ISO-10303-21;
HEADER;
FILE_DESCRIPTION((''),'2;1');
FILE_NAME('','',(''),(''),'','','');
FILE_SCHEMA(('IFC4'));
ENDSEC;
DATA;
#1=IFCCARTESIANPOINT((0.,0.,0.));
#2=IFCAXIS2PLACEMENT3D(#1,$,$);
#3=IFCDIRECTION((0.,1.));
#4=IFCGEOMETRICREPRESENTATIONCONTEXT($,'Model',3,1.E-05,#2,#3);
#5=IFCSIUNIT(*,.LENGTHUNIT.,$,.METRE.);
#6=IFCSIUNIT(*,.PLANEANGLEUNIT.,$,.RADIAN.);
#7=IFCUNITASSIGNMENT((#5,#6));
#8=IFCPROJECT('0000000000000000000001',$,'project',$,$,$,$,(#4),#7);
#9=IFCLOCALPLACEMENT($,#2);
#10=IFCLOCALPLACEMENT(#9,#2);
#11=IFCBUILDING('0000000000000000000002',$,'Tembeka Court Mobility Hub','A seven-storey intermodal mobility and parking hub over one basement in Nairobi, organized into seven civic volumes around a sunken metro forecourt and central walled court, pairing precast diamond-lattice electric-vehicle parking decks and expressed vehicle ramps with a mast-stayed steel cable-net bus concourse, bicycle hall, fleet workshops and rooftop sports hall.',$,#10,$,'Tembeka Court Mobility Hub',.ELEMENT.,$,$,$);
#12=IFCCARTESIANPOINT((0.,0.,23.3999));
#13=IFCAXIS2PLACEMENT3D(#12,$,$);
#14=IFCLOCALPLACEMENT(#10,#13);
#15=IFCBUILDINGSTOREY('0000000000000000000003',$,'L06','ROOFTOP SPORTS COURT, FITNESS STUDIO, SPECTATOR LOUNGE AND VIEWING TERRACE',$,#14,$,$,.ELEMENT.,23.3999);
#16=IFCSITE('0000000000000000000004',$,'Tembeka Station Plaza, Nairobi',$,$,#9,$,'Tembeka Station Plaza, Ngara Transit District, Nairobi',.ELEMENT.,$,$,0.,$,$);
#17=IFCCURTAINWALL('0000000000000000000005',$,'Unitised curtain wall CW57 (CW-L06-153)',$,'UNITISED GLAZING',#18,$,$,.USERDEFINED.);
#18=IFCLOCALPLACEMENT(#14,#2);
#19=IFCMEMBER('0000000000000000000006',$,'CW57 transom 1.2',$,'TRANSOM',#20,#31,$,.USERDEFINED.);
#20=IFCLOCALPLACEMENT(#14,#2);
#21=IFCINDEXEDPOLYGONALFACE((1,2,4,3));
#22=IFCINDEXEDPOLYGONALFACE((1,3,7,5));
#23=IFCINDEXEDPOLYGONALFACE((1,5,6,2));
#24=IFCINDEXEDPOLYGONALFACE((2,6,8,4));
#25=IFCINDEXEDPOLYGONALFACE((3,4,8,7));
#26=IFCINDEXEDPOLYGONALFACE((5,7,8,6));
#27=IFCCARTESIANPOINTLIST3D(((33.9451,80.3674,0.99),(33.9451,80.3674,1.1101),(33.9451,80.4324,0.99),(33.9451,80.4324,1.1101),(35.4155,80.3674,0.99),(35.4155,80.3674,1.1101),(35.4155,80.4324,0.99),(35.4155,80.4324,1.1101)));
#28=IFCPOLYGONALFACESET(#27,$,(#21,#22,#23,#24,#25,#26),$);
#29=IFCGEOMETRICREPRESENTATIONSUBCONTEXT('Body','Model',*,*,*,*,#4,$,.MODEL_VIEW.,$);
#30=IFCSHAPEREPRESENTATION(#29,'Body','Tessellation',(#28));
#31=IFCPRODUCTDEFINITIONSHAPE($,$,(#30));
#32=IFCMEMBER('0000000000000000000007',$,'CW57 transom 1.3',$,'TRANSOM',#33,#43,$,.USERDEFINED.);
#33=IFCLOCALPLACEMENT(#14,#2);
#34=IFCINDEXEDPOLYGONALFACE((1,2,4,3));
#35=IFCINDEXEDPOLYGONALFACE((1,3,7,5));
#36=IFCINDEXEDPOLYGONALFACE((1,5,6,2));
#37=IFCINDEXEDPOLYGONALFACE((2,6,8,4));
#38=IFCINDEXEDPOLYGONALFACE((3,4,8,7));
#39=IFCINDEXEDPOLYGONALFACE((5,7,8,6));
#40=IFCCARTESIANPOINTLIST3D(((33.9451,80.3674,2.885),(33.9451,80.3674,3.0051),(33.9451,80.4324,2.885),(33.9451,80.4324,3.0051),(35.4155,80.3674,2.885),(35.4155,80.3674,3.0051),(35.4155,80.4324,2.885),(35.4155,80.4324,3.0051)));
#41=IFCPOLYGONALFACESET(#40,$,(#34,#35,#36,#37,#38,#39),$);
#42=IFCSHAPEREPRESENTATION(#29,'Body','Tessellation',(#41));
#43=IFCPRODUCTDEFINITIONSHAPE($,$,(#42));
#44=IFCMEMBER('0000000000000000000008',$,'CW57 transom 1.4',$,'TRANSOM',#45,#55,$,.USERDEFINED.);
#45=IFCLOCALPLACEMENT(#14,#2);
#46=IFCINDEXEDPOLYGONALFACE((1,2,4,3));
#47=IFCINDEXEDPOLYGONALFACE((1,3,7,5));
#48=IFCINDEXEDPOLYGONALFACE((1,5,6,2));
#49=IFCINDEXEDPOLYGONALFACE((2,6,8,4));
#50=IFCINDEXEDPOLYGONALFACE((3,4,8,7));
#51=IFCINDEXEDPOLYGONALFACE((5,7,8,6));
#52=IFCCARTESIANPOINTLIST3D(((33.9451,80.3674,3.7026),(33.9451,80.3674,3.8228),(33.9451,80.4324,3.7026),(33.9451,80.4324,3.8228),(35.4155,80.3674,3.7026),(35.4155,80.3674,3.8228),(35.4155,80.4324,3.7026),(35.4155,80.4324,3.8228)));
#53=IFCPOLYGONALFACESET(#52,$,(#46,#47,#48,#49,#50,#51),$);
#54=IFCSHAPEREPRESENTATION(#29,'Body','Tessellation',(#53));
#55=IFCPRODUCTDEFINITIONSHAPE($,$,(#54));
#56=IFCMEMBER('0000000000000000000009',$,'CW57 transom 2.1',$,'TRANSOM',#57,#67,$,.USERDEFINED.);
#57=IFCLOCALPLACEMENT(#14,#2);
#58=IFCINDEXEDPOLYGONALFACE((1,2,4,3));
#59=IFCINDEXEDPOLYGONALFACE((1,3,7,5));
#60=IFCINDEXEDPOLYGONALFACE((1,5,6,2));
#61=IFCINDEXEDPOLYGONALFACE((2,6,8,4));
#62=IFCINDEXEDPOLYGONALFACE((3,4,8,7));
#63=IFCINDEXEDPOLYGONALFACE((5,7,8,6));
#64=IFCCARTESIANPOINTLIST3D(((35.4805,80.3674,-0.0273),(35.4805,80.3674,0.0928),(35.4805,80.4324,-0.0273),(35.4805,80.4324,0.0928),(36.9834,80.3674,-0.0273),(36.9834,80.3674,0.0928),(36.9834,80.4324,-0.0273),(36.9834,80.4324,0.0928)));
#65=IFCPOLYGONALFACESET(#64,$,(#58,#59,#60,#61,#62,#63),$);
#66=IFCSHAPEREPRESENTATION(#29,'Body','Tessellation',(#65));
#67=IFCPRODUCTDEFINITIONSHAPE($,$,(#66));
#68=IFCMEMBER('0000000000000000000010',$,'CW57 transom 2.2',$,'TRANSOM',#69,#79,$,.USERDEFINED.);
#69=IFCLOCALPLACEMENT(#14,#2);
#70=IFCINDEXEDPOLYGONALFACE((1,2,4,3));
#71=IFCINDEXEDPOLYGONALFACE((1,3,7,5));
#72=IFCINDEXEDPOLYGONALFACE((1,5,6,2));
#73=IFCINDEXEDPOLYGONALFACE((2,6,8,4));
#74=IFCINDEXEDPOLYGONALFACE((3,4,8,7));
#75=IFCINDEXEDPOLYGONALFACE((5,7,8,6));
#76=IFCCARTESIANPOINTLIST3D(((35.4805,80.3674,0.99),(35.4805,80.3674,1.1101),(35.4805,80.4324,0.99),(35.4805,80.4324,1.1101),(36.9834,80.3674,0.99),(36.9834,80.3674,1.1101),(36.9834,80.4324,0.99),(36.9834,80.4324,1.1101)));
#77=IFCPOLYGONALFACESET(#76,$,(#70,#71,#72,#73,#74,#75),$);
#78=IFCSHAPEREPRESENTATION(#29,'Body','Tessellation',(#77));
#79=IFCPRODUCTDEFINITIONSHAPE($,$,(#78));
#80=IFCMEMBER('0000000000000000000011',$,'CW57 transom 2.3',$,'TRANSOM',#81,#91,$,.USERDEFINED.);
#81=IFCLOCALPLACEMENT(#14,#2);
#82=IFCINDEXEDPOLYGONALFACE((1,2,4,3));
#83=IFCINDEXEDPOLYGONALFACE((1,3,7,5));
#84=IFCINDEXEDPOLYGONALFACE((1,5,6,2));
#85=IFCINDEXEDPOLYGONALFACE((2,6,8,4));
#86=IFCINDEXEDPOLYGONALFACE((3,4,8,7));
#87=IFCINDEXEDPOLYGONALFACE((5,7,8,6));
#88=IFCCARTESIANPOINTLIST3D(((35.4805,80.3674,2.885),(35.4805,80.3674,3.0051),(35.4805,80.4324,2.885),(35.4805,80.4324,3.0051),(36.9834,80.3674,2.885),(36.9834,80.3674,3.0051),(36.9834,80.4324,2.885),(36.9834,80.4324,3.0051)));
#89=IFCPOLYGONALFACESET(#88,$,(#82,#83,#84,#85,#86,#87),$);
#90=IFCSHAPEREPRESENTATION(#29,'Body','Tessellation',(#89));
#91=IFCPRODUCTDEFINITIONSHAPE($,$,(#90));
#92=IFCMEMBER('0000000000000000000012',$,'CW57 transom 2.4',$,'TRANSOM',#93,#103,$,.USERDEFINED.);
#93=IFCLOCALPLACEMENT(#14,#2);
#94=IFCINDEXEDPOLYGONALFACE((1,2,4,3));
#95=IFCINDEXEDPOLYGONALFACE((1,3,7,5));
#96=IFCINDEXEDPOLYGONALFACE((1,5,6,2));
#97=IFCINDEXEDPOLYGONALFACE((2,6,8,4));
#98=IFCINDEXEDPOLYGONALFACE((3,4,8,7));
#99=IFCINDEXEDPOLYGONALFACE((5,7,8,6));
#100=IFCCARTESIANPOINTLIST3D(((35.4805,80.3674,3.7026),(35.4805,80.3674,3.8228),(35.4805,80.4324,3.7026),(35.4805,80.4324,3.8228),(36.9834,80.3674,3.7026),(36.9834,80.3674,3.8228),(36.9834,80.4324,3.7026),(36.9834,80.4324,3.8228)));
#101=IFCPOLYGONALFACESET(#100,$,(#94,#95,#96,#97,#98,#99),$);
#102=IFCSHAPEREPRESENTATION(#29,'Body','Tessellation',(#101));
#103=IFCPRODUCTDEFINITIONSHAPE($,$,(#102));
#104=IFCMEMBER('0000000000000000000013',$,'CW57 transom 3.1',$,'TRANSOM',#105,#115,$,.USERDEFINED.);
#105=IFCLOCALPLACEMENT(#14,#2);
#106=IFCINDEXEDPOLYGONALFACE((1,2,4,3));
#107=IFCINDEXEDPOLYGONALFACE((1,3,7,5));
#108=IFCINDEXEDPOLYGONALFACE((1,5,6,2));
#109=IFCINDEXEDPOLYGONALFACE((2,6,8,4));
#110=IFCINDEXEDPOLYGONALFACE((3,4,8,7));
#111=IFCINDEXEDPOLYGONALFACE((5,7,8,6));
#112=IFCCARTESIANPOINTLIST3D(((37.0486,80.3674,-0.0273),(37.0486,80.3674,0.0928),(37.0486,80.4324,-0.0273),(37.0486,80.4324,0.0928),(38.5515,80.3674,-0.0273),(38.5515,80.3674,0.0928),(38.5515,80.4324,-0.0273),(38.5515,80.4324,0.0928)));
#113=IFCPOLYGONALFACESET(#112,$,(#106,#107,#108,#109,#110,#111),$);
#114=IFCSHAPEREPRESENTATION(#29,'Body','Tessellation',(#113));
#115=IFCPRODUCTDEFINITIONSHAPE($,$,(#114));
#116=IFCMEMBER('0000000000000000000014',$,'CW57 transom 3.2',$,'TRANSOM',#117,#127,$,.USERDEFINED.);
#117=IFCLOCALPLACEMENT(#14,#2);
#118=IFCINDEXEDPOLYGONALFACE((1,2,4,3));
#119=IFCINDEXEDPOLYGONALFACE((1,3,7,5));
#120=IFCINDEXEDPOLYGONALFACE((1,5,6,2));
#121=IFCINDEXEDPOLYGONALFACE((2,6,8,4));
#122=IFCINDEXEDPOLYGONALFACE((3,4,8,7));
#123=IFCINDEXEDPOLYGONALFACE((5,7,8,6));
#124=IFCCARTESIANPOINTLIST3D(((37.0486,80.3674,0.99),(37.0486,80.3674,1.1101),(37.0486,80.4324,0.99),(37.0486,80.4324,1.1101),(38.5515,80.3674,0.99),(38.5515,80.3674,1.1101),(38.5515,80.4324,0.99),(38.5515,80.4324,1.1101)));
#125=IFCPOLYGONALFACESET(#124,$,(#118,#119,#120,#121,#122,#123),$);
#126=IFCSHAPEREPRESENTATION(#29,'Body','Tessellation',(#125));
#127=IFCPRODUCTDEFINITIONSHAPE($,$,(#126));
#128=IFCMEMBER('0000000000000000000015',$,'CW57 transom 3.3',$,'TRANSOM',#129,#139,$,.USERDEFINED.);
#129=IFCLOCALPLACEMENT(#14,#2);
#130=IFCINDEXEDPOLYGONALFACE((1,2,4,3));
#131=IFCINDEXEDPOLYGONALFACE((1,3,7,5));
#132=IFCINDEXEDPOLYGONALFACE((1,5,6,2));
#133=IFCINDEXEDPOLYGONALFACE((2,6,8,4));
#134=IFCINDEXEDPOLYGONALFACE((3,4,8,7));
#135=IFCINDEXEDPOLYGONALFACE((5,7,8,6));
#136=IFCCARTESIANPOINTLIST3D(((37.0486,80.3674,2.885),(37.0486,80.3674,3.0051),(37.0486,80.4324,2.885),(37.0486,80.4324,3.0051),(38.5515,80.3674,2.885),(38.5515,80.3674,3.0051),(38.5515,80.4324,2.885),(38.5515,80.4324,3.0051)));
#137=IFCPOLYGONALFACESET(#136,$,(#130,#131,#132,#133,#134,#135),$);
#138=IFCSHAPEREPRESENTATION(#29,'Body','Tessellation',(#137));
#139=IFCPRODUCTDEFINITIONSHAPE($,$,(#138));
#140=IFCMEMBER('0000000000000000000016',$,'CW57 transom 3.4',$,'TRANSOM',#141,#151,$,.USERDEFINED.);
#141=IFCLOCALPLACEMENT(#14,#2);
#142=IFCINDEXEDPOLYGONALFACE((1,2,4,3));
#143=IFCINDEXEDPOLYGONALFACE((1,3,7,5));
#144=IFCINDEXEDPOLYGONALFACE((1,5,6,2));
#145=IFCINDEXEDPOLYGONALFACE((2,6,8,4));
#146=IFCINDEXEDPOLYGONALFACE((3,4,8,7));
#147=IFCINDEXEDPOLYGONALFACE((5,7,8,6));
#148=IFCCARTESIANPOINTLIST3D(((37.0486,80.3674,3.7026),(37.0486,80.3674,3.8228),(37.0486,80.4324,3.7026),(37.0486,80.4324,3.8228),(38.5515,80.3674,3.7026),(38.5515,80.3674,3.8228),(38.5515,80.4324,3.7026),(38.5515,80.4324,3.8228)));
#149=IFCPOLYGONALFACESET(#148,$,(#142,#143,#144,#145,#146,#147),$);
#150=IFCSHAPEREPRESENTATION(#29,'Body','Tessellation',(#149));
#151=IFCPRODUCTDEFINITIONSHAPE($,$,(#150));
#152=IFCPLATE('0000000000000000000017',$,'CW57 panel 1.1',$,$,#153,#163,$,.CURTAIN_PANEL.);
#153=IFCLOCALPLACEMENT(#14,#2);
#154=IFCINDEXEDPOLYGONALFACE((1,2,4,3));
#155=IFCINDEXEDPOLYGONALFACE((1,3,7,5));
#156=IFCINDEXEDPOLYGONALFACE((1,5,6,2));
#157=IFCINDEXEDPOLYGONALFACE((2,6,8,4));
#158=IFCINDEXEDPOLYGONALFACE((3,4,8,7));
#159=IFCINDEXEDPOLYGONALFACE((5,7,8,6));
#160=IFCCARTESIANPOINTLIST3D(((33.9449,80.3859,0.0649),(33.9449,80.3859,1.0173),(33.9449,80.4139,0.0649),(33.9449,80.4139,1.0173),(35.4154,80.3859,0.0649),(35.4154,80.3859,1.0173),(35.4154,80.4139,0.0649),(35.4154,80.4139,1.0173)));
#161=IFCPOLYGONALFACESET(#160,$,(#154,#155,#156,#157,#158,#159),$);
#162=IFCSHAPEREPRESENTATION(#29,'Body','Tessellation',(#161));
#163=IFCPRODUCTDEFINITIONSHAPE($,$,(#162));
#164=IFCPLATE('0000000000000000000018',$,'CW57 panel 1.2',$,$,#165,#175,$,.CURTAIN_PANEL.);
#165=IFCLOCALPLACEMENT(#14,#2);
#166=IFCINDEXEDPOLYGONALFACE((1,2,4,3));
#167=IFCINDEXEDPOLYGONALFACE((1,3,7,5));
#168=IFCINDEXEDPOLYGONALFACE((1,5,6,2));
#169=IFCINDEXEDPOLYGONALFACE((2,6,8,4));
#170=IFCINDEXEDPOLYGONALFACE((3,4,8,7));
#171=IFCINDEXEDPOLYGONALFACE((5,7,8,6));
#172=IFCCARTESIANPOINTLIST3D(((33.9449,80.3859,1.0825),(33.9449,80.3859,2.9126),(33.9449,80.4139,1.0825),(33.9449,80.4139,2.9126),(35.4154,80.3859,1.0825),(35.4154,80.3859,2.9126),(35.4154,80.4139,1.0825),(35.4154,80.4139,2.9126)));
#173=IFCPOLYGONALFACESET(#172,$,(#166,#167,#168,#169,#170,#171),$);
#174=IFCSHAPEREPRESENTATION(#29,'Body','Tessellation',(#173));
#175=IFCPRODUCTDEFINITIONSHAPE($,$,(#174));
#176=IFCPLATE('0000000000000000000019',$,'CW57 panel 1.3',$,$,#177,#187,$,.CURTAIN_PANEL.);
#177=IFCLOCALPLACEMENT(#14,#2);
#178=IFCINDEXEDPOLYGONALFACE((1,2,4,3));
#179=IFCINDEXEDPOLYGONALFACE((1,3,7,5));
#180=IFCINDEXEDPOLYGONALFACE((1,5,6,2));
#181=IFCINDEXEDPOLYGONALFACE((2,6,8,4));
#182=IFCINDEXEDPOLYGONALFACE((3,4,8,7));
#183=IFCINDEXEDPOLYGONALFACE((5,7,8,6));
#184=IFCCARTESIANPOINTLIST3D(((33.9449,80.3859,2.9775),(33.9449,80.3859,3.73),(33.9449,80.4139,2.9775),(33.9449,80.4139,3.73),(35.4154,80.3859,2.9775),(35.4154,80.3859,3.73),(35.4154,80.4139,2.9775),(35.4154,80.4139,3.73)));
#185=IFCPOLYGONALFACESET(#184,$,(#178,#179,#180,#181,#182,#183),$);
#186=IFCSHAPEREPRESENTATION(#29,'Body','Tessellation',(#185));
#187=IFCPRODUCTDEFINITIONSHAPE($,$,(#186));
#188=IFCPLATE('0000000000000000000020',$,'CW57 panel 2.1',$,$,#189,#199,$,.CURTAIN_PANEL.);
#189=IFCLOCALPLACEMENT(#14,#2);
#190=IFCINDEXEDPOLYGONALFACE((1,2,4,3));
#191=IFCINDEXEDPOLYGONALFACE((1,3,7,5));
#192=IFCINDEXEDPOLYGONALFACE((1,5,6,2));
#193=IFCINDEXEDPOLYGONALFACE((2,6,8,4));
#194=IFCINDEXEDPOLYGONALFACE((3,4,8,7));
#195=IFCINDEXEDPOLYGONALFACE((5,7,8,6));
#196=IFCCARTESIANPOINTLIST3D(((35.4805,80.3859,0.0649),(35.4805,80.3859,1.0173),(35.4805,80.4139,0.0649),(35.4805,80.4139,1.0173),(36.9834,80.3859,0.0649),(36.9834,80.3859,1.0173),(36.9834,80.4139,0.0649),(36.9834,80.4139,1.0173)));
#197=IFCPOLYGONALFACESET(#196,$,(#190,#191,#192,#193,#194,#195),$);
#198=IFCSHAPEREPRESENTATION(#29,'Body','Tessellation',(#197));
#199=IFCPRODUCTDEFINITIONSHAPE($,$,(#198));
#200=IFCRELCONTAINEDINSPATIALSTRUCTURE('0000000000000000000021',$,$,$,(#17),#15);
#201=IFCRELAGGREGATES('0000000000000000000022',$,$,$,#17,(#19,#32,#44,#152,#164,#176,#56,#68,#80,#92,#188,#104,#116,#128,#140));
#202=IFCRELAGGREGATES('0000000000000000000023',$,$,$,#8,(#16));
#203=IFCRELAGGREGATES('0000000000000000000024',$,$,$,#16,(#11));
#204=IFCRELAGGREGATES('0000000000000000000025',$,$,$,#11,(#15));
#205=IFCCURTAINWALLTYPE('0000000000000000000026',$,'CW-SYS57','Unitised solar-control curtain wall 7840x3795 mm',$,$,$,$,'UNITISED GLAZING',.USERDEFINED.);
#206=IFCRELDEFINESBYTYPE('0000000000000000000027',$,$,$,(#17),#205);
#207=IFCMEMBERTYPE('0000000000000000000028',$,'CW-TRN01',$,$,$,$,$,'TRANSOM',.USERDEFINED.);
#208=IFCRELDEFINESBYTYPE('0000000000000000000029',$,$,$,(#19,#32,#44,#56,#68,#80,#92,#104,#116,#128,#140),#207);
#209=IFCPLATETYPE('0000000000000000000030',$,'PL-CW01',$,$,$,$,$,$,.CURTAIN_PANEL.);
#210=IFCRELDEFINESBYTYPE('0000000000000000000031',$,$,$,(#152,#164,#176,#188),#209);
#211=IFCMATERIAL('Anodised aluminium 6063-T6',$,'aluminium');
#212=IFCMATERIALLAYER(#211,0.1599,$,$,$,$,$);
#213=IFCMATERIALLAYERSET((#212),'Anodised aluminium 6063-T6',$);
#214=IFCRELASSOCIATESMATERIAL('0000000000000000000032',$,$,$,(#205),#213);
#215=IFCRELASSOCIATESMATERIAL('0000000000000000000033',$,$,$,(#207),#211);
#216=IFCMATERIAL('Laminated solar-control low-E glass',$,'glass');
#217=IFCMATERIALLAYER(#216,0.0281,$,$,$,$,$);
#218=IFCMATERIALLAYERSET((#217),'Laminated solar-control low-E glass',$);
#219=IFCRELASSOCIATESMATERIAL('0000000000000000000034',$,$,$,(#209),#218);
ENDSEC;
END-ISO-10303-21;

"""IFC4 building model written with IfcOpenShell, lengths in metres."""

from ifc_helpers import new_model, si_unit, direction, frame, origin, origin_2d, place, context, subcontext, project, spatial, rectangle, extrude, material, layer, layer_set, material_profile, profile_set, type_object, element, aggregate, save


model = new_model("IFC4")

# Units and contexts
model_context = context("Model", 3, precision=1e-05, world=origin(), true_north=direction((0.0, 1.0)))
body_context = subcontext(model_context, "Body", "Model", "MODEL_VIEW")
ifc_project = project(units=[si_unit("LENGTHUNIT", "METRE"), si_unit("PLANEANGLEUNIT", "RADIAN")], contexts=[model_context])

# Site, building, storey
site_placement = place(None, origin())
site = spatial("IfcSite", under=ifc_project, at=site_placement, Name="Tembeka Station Plaza, Nairobi", LongName="Tembeka Station Plaza, Ngara Transit District, Nairobi", CompositionType="ELEMENT", RefElevation=0.0)
building_placement = place(site_placement, origin())
building = spatial("IfcBuilding", under=site, at=building_placement, Name="Tembeka Court Mobility Hub", Description="A seven-storey intermodal mobility and parking hub over one basement in Nairobi, organized into seven civic volumes around a sunken metro forecourt and central walled court, pairing precast diamond-lattice electric-vehicle parking decks and expressed vehicle ramps with a mast-stayed steel cable-net bus concourse, bicycle hall, fleet workshops and rooftop sports hall.", LongName="Tembeka Court Mobility Hub", CompositionType="ELEMENT")
storey_placement = place(building_placement, frame((0.0, 0.0, 23.3999)))
storey = spatial("IfcBuildingStorey", under=building, at=storey_placement, Name="L06", Description="ROOFTOP SPORTS COURT, FITNESS STUDIO, SPECTATOR LOUNGE AND VIEWING TERRACE", CompositionType="ELEMENT", Elevation=23.3999)

# Curtain wall, members, plates
ifc_material_1 = material(Name="Anodised aluminium 6063-T6", Category="aluminium")
ifc_layer_1 = layer(ifc_material_1, 0.1599)
ifc_layer_set_1 = layer_set([ifc_layer_1], Name="Anodised aluminium 6063-T6")
curtain_wall_type = type_object("IfcCurtainWallType", Name="CW-SYS57", Description="Unitised solar-control curtain wall 7840x3795 mm", ElementType="UNITISED GLAZING", PredefinedType="USERDEFINED", material=ifc_layer_set_1)
curtain_wall_placement = place(storey_placement, origin())
curtain_wall = element("IfcCurtainWall", 1, at=curtain_wall_placement, inside=storey, type_object=curtain_wall_type, Name="Unitised curtain wall CW57 (CW-L06-153)", ObjectType="UNITISED GLAZING", PredefinedType="USERDEFINED")
ifc_material_profile_1 = material_profile(ifc_material_1, rectangle(XDim=0.0649, YDim=0.1201, at=origin_2d()), Name="ALU-TRN 65x120")
ifc_profile_set_1 = profile_set([ifc_material_profile_1], Name="Anodised aluminium 6063-T6")
member_type_1 = type_object("IfcMemberType", Name="CW-TRN01", ElementType="TRANSOM", PredefinedType="USERDEFINED", material=ifc_profile_set_1)
member_1_placement = place(storey_placement, frame((33.9451, 80.3999, 1.05), z_axis=(1.0, 0.0, 0.0), x_axis=(0.0, 1.0, 0.0)))
member_1 = element("IfcMember", 2, at=member_1_placement, type_object=member_type_1, Name="CW57 transom 1.2", ObjectType="TRANSOM", PredefinedType="USERDEFINED", context=body_context, shape_type="SweptSolid", body=[
    extrude(rectangle(XDim=0.0649, YDim=0.1201, at=origin_2d()), origin(), (0.0, 0.0, 1.0), 1.4705),
])
member_2_placement = place(storey_placement, frame((33.9451, 80.3999, 2.9451), z_axis=(1.0, 0.0, 0.0), x_axis=(0.0, 1.0, 0.0)))
member_2 = element("IfcMember", 3, at=member_2_placement, type_object=member_type_1, Name="CW57 transom 1.3", ObjectType="TRANSOM", PredefinedType="USERDEFINED", context=body_context, shape_type="SweptSolid", body=[
    extrude(rectangle(XDim=0.0649, YDim=0.1201, at=origin_2d()), origin(), (0.0, 0.0, 1.0), 1.4705),
])
member_3_placement = place(storey_placement, frame((33.9451, 80.3999, 3.7627), z_axis=(1.0, 0.0, 0.0), x_axis=(0.0, 1.0, 0.0)))
member_3 = element("IfcMember", 4, at=member_3_placement, type_object=member_type_1, Name="CW57 transom 1.4", ObjectType="TRANSOM", PredefinedType="USERDEFINED", context=body_context, shape_type="SweptSolid", body=[
    extrude(rectangle(XDim=0.0649, YDim=0.1201, at=origin_2d()), origin(), (0.0, 0.0, 1.0), 1.4705),
])
member_4_placement = place(storey_placement, frame((35.4805, 80.3999, 0.0327), z_axis=(1.0, 0.0, 0.0), x_axis=(0.0, 1.0, 0.0)))
member_4 = element("IfcMember", 5, at=member_4_placement, type_object=member_type_1, Name="CW57 transom 2.1", ObjectType="TRANSOM", PredefinedType="USERDEFINED", context=body_context, shape_type="SweptSolid", body=[
    extrude(rectangle(XDim=0.0649, YDim=0.1201, at=origin_2d()), origin(), (0.0, 0.0, 1.0), 1.5029),
])
member_5_placement = place(storey_placement, frame((35.4805, 80.3999, 1.05), z_axis=(1.0, 0.0, 0.0), x_axis=(0.0, 1.0, 0.0)))
member_5 = element("IfcMember", 6, at=member_5_placement, type_object=member_type_1, Name="CW57 transom 2.2", ObjectType="TRANSOM", PredefinedType="USERDEFINED", context=body_context, shape_type="SweptSolid", body=[
    extrude(rectangle(XDim=0.0649, YDim=0.1201, at=origin_2d()), origin(), (0.0, 0.0, 1.0), 1.5029),
])
member_6_placement = place(storey_placement, frame((35.4805, 80.3999, 2.9451), z_axis=(1.0, 0.0, 0.0), x_axis=(0.0, 1.0, 0.0)))
member_6 = element("IfcMember", 7, at=member_6_placement, type_object=member_type_1, Name="CW57 transom 2.3", ObjectType="TRANSOM", PredefinedType="USERDEFINED", context=body_context, shape_type="SweptSolid", body=[
    extrude(rectangle(XDim=0.0649, YDim=0.1201, at=origin_2d()), origin(), (0.0, 0.0, 1.0), 1.5029),
])
member_7_placement = place(storey_placement, frame((35.4805, 80.3999, 3.7627), z_axis=(1.0, 0.0, 0.0), x_axis=(0.0, 1.0, 0.0)))
member_7 = element("IfcMember", 8, at=member_7_placement, type_object=member_type_1, Name="CW57 transom 2.4", ObjectType="TRANSOM", PredefinedType="USERDEFINED", context=body_context, shape_type="SweptSolid", body=[
    extrude(rectangle(XDim=0.0649, YDim=0.1201, at=origin_2d()), origin(), (0.0, 0.0, 1.0), 1.5029),
])
member_8_placement = place(storey_placement, frame((37.0486, 80.3999, 0.0327), z_axis=(1.0, 0.0, 0.0), x_axis=(0.0, 1.0, 0.0)))
member_8 = element("IfcMember", 9, at=member_8_placement, type_object=member_type_1, Name="CW57 transom 3.1", ObjectType="TRANSOM", PredefinedType="USERDEFINED", context=body_context, shape_type="SweptSolid", body=[
    extrude(rectangle(XDim=0.0649, YDim=0.1201, at=origin_2d()), origin(), (0.0, 0.0, 1.0), 1.5029),
])
member_9_placement = place(storey_placement, frame((37.0486, 80.3999, 1.05), z_axis=(1.0, 0.0, 0.0), x_axis=(0.0, 1.0, 0.0)))
member_9 = element("IfcMember", 10, at=member_9_placement, type_object=member_type_1, Name="CW57 transom 3.2", ObjectType="TRANSOM", PredefinedType="USERDEFINED", context=body_context, shape_type="SweptSolid", body=[
    extrude(rectangle(XDim=0.0649, YDim=0.1201, at=origin_2d()), origin(), (0.0, 0.0, 1.0), 1.5029),
])
member_10_placement = place(storey_placement, frame((37.0486, 80.3999, 2.9451), z_axis=(1.0, 0.0, 0.0), x_axis=(0.0, 1.0, 0.0)))
member_10 = element("IfcMember", 11, at=member_10_placement, type_object=member_type_1, Name="CW57 transom 3.3", ObjectType="TRANSOM", PredefinedType="USERDEFINED", context=body_context, shape_type="SweptSolid", body=[
    extrude(rectangle(XDim=0.0649, YDim=0.1201, at=origin_2d()), origin(), (0.0, 0.0, 1.0), 1.5029),
])
member_11_placement = place(storey_placement, frame((37.0486, 80.3999, 3.7627), z_axis=(1.0, 0.0, 0.0), x_axis=(0.0, 1.0, 0.0)))
member_11 = element("IfcMember", 12, at=member_11_placement, type_object=member_type_1, Name="CW57 transom 3.4", ObjectType="TRANSOM", PredefinedType="USERDEFINED", context=body_context, shape_type="SweptSolid", body=[
    extrude(rectangle(XDim=0.0649, YDim=0.1201, at=origin_2d()), origin(), (0.0, 0.0, 1.0), 1.5029),
])
ifc_material_2 = material(Name="Laminated solar-control low-E glass", Category="glass")
ifc_layer_2 = layer(ifc_material_2, 0.0281)
ifc_layer_set_2 = layer_set([ifc_layer_2], Name="Laminated solar-control low-E glass")
plate_type = type_object("IfcPlateType", Name="PL-CW01", PredefinedType="CURTAIN_PANEL", material=ifc_layer_set_2)
plate_1_placement = place(storey_placement, frame((34.6802, 80.3999, 0.0649), z_axis=(0.0, 0.0, 1.0), x_axis=(1.0, 0.0, 0.0)))
plate_1 = element("IfcPlate", 13, at=plate_1_placement, type_object=plate_type, Name="CW57 panel 1.1", PredefinedType="CURTAIN_PANEL", context=body_context, shape_type="SweptSolid", body=[
    extrude(rectangle(XDim=1.4705, YDim=0.0281, at=origin_2d()), origin(), (0.0, 0.0, 1.0), 0.9524),
])
plate_2_placement = place(storey_placement, frame((34.6802, 80.3999, 1.0825), z_axis=(0.0, 0.0, 1.0), x_axis=(1.0, 0.0, 0.0)))
plate_2 = element("IfcPlate", 14, at=plate_2_placement, type_object=plate_type, Name="CW57 panel 1.2", PredefinedType="CURTAIN_PANEL", context=body_context, shape_type="SweptSolid", body=[
    extrude(rectangle(XDim=1.4705, YDim=0.0281, at=origin_2d()), origin(), (0.0, 0.0, 1.0), 1.8301),
])
plate_3_placement = place(storey_placement, frame((34.6802, 80.3999, 2.9775), z_axis=(0.0, 0.0, 1.0), x_axis=(1.0, 0.0, 0.0)))
plate_3 = element("IfcPlate", 15, at=plate_3_placement, type_object=plate_type, Name="CW57 panel 1.3", PredefinedType="CURTAIN_PANEL", context=body_context, shape_type="SweptSolid", body=[
    extrude(rectangle(XDim=1.4705, YDim=0.0281, at=origin_2d()), origin(), (0.0, 0.0, 1.0), 0.7524),
])
plate_4_placement = place(storey_placement, frame((36.2319, 80.3999, 0.0649), z_axis=(0.0, 0.0, 1.0), x_axis=(1.0, 0.0, 0.0)))
plate_4 = element("IfcPlate", 16, at=plate_4_placement, type_object=plate_type, Name="CW57 panel 2.1", PredefinedType="CURTAIN_PANEL", context=body_context, shape_type="SweptSolid", body=[
    extrude(rectangle(XDim=1.5029, YDim=0.0281, at=origin_2d()), origin(), (0.0, 0.0, 1.0), 0.9524),
])
aggregate(curtain_wall, [member_1, member_2, member_3, plate_1, plate_2, plate_3, member_4, member_5, member_6, member_7, plate_4, member_8, member_9, member_10, member_11])

save(model, "model.ifc")
